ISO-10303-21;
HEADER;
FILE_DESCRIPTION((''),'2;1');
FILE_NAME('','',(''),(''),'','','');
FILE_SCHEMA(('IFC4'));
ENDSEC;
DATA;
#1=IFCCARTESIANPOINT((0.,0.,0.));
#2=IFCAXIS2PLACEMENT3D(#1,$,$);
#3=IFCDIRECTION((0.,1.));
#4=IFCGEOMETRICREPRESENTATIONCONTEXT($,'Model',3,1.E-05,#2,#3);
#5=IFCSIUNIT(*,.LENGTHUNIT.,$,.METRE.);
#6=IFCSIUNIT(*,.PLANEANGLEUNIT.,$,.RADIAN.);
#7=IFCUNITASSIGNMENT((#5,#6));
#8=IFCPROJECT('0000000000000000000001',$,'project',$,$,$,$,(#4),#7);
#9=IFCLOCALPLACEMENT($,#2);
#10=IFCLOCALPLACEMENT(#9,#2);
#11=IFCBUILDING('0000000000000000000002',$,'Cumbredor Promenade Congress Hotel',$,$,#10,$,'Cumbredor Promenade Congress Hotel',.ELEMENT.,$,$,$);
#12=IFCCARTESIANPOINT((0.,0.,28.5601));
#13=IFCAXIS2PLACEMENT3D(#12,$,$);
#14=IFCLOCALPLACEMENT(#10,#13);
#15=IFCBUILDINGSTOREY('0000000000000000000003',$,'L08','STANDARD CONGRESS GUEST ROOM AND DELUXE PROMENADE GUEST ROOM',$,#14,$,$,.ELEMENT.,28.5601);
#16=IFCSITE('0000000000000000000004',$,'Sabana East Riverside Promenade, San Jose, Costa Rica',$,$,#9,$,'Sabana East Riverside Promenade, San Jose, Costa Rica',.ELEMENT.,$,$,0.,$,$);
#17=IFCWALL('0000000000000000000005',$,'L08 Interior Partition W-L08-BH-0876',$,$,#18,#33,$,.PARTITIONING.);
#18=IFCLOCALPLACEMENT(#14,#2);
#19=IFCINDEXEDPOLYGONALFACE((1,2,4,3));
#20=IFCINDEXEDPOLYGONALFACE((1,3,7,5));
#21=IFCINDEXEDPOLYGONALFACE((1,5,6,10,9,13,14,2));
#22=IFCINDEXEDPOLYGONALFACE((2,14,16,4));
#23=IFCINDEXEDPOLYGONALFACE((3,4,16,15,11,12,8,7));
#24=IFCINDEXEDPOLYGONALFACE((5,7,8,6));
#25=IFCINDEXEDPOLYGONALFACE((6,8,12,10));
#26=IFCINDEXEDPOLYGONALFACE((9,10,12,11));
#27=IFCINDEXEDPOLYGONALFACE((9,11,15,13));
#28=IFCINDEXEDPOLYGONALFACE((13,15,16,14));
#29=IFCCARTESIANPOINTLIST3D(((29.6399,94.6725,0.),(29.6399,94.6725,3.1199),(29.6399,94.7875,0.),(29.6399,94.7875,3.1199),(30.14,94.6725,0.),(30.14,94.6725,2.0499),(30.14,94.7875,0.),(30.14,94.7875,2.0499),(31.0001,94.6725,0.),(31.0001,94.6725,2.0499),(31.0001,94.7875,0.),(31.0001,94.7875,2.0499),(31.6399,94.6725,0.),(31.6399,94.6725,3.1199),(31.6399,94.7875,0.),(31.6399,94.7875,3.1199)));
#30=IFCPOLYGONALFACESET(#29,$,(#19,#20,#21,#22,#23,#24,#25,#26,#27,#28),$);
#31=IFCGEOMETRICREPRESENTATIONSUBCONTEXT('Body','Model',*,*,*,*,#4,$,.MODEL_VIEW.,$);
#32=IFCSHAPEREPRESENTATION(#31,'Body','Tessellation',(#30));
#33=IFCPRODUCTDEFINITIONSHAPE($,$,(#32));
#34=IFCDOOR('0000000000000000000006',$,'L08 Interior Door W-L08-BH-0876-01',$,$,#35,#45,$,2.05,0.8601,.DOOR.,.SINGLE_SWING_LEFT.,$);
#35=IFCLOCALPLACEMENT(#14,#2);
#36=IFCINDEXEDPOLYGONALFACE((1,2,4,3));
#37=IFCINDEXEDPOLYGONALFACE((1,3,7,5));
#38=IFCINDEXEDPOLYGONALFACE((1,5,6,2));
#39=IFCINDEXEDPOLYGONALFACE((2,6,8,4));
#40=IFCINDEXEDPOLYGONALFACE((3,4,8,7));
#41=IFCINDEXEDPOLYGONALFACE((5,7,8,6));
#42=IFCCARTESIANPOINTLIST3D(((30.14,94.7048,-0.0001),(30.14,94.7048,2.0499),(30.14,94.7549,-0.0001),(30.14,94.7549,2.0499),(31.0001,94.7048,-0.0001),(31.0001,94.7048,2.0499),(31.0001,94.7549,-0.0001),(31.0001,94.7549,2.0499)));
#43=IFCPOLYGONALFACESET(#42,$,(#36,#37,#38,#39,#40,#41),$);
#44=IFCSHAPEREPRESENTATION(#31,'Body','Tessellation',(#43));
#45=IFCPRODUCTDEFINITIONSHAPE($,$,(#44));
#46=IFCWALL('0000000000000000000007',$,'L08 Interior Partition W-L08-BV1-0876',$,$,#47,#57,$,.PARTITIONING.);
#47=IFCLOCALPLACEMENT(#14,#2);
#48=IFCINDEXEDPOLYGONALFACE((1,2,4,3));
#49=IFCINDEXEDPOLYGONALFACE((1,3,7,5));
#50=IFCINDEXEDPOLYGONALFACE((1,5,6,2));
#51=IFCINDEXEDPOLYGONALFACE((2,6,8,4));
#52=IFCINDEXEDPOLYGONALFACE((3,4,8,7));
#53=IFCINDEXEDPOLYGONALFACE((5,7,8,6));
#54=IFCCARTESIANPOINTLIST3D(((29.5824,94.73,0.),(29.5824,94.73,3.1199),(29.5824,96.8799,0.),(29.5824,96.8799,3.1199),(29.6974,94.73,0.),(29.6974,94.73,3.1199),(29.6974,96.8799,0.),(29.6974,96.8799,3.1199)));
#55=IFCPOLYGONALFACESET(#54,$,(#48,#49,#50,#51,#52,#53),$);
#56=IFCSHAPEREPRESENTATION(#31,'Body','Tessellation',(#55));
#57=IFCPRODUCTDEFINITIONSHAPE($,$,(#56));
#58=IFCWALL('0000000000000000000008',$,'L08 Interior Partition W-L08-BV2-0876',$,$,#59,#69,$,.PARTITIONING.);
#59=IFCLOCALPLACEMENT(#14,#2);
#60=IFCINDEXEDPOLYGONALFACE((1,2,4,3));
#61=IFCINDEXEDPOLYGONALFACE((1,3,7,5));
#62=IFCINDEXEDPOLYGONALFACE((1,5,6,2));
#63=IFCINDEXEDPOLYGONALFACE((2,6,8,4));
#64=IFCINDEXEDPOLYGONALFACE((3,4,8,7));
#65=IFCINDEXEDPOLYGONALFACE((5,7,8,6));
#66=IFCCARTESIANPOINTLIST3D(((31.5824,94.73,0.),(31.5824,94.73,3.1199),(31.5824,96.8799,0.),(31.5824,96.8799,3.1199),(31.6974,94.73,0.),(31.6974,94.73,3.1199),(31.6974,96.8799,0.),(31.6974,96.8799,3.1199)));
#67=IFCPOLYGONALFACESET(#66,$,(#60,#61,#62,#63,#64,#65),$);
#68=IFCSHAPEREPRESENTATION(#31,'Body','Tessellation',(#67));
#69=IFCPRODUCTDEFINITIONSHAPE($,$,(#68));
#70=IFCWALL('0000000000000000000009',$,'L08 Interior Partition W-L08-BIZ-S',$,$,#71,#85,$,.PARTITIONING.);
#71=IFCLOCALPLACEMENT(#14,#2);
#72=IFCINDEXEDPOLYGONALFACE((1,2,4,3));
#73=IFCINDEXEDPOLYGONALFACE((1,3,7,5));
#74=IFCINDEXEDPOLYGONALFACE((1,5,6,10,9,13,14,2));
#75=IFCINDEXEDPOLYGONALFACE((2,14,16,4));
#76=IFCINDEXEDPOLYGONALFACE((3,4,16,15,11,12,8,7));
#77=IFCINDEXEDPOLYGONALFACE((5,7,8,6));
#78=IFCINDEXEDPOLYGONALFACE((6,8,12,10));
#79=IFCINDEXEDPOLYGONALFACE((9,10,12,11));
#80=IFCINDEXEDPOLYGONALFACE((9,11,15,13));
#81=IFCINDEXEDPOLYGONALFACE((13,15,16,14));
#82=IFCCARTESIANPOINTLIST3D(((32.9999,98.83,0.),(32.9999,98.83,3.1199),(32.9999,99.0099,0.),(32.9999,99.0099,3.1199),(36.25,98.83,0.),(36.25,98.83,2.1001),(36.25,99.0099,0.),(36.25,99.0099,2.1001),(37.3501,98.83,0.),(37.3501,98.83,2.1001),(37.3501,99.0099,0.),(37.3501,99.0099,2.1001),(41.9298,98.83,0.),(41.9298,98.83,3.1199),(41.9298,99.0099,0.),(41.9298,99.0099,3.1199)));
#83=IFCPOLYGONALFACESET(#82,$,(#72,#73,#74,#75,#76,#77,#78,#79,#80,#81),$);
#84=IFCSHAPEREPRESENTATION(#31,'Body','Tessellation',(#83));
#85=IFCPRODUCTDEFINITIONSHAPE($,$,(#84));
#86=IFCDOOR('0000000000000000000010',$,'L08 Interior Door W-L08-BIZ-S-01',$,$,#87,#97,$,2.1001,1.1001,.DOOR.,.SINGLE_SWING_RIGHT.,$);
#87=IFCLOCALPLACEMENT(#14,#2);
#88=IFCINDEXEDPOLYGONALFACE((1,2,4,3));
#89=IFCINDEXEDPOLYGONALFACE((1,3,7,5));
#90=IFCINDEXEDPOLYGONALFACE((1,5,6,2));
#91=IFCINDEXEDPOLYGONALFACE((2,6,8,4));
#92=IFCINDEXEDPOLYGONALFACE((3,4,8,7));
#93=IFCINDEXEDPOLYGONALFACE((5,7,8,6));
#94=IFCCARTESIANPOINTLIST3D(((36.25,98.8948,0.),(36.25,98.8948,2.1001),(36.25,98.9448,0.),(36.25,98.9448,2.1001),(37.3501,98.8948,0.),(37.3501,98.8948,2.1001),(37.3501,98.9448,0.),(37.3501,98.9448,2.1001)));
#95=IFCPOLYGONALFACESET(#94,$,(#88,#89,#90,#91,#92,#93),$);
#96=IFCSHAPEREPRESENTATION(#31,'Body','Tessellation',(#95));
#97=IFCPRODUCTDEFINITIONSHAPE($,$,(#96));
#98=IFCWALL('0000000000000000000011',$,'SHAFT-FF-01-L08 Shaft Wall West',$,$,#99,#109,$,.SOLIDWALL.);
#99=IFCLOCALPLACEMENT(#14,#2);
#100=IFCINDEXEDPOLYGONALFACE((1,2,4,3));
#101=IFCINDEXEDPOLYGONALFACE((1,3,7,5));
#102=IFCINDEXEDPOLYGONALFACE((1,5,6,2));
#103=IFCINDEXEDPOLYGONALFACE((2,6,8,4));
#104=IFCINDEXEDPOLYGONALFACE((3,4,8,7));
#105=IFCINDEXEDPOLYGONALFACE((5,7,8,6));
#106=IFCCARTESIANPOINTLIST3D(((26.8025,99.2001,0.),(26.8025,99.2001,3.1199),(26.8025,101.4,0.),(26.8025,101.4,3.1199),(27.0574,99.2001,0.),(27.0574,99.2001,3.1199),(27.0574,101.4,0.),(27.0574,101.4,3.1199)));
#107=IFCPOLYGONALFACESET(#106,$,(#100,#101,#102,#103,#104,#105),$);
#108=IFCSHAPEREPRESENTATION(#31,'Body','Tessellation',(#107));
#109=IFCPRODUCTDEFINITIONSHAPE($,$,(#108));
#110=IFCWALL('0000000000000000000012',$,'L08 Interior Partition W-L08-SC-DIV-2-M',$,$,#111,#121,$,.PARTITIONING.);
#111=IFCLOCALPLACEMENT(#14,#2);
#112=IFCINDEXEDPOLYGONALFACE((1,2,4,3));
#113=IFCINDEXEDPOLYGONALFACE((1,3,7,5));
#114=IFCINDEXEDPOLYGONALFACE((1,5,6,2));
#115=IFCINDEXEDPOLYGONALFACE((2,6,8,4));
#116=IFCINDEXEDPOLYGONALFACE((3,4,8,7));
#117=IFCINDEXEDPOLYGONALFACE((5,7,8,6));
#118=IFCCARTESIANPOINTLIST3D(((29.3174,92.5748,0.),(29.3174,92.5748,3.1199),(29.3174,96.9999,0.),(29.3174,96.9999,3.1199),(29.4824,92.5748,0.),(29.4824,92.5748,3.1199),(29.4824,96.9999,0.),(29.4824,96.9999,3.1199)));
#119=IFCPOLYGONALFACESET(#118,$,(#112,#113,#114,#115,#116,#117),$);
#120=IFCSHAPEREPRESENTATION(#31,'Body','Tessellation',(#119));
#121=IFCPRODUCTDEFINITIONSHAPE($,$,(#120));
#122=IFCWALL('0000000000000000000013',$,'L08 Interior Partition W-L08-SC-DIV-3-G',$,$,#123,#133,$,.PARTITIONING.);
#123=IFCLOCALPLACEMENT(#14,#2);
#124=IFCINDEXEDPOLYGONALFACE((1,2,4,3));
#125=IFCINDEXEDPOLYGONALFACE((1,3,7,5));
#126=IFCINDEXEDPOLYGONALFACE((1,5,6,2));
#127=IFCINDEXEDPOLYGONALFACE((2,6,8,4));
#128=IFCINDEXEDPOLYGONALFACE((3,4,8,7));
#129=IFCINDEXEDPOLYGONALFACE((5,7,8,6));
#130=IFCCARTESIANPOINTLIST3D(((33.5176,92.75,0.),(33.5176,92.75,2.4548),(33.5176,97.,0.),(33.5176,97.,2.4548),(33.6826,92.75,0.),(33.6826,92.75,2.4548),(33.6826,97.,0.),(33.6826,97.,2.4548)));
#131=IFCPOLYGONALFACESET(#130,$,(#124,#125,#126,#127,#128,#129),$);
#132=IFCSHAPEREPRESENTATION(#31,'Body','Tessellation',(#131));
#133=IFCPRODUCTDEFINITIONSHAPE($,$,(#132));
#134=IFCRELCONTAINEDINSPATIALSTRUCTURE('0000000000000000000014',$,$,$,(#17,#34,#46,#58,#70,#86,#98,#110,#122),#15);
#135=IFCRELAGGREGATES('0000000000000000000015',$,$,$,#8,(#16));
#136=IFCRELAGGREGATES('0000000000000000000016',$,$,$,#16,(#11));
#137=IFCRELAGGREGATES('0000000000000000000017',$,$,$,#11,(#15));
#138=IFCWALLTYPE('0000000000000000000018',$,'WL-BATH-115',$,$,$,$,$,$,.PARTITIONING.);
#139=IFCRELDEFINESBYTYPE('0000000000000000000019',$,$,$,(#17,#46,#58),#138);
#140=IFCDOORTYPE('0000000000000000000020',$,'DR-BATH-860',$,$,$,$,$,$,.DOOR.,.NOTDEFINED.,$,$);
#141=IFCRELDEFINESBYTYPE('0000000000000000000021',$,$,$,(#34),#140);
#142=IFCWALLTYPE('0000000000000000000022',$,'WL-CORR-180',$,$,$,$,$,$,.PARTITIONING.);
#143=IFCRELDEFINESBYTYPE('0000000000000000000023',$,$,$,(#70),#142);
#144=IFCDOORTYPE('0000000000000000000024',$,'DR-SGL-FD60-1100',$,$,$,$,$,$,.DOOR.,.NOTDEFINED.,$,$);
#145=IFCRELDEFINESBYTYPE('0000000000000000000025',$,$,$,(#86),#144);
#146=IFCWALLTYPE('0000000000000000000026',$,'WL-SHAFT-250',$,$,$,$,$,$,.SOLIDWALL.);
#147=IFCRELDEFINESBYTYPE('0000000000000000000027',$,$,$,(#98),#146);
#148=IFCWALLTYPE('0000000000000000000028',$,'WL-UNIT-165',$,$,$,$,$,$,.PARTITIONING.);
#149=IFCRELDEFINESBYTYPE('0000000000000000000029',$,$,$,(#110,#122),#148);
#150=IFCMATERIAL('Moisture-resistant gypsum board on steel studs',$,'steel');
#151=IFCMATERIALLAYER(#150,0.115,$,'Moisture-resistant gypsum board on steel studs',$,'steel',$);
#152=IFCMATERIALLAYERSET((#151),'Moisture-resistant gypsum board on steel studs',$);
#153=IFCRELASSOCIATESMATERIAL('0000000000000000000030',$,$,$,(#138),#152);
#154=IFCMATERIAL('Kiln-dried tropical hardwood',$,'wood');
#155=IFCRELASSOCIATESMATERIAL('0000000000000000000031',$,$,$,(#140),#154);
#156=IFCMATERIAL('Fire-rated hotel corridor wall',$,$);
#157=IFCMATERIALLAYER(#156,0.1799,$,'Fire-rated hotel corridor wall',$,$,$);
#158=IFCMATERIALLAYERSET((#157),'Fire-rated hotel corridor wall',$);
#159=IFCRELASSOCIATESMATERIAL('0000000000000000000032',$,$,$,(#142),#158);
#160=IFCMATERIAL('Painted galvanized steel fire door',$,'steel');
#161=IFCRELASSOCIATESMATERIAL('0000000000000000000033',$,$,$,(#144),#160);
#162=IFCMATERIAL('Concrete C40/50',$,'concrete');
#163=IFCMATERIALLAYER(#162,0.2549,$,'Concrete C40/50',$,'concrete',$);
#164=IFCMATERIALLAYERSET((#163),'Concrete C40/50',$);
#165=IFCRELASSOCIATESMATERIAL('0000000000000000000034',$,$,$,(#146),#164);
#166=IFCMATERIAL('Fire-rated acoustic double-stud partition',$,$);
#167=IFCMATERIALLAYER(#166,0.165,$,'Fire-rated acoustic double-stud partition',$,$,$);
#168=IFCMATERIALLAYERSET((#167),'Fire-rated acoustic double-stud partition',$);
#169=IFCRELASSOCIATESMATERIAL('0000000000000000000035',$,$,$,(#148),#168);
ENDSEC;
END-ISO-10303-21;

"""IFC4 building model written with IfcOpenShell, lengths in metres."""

from ifc_helpers import new_model, si_unit, direction, frame, frame_2d, origin, place, context, subcontext, project, spatial, rectangle, extrude, material, layer, layer_set, type_object, element, fill, save


model = new_model("IFC4")

# Units and contexts
model_context = context("Model", 3, precision=1e-05, world=origin(), true_north=direction((0.0, 1.0)))
body_context = subcontext(model_context, "Body", "Model", "MODEL_VIEW")
ifc_project = project(units=[si_unit("LENGTHUNIT", "METRE"), si_unit("PLANEANGLEUNIT", "RADIAN")], contexts=[model_context])

# Site, building, storey
site_placement = place(None, origin())
site = spatial("IfcSite", under=ifc_project, at=site_placement, Name="Sabana East Riverside Promenade, San Jose, Costa Rica", LongName="Sabana East Riverside Promenade, San Jose, Costa Rica", CompositionType="ELEMENT", RefElevation=0.0)
building_placement = place(site_placement, origin())
building = spatial("IfcBuilding", under=site, at=building_placement, Name="Cumbredor Promenade Congress Hotel", LongName="Cumbredor Promenade Congress Hotel", CompositionType="ELEMENT")
storey_placement = place(building_placement, frame((0.0, 0.0, 28.5601)))
storey = spatial("IfcBuildingStorey", under=building, at=storey_placement, Name="L08", Description="STANDARD CONGRESS GUEST ROOM AND DELUXE PROMENADE GUEST ROOM", CompositionType="ELEMENT", Elevation=28.5601)

# Shared definitions
ifc_material_1 = material(Name="Concrete C40/50", Category="concrete")

# Shared definitions
ifc_material_2 = material(Name="Kiln-dried tropical hardwood", Category="wood")

# Shared definitions
ifc_material_3 = material(Name="Moisture-resistant gypsum board on steel studs", Category="steel")
ifc_layer_1 = layer(ifc_material_3, 0.115, Name="Moisture-resistant gypsum board on steel studs", Category="steel")
ifc_layer_set_1 = layer_set([ifc_layer_1], Name="Moisture-resistant gypsum board on steel studs")
wall_type_1 = type_object("IfcWallType", Name="WL-BATH-115", PredefinedType="PARTITIONING", material=ifc_layer_set_1)
door_type_1 = type_object("IfcDoorType", Name="DR-BATH-860", OperationType="NOTDEFINED", PredefinedType="DOOR", material=ifc_material_2)

# Wall, opening, door
wall_1_placement = place(storey_placement, frame((29.6399, 94.73, 0.0), z_axis=(0.0, 0.0, 1.0), x_axis=(1.0, 0.0, 0.0)))
wall_1 = element("IfcWall", 1, at=wall_1_placement, inside=storey, type_object=wall_type_1, Name="L08 Interior Partition W-L08-BH-0876", PredefinedType="PARTITIONING", context=body_context, shape_type="SweptSolid", body=[
    extrude(rectangle(XDim=2.0, YDim=0.115, at=frame_2d((1.0, 0.0))), origin(), (0.0, 0.0, 1.0), 3.1199),
])
opening_1_placement = place(wall_1_placement, frame((0.5, 0.0, 0.0)))
opening_1 = element("IfcOpeningElement", 2, at=opening_1_placement, cuts=wall_1, PredefinedType="OPENING", context=body_context, shape_type="SweptSolid", body=[
    extrude(rectangle(XDim=0.8601, YDim=2.05, at=frame_2d((0.4302, 1.0249))), frame((0.0, 0.0674, 0.0), z_axis=(0.0, -1.0, 0.0), x_axis=(1.0, 0.0, 0.0)), (0.0, 0.0, 1.0), 0.135),
])
door_1_placement = place(opening_1_placement, origin())
door_1 = element("IfcDoor", 3, at=door_1_placement, inside=storey, type_object=door_type_1, Name="L08 Interior Door W-L08-BH-0876-01", OperationType="SINGLE_SWING_LEFT", OverallHeight=2.05, OverallWidth=0.8601, PredefinedType="DOOR", context=body_context, shape_type="SweptSolid", body=[
    extrude(rectangle(XDim=0.8601, YDim=2.05, at=frame_2d((0.4302, 1.0249))), frame((0.0, 0.0249, 0.0), z_axis=(0.0, -1.0, 0.0), x_axis=(1.0, 0.0, 0.0)), (0.0, 0.0, 1.0), 0.05),
])
fill(opening_1, door_1)

# Walls
for number, where, z_axis, x_axis, name in (
    (4, (29.6399, 94.73, 0.0), (0.0, 0.0, 1.0), (0.0, 1.0, 0.0), "L08 Interior Partition W-L08-BV1-0876"),
    (5, (31.6399, 94.73, 0.0), (0.0, 0.0, 1.0), (0.0, 1.0, 0.0), "L08 Interior Partition W-L08-BV2-0876"),
):
    element("IfcWall", number, at=place(storey_placement, frame(where, z_axis=z_axis, x_axis=x_axis)), inside=storey, type_object=wall_type_1, Name=name, PredefinedType="PARTITIONING", context=body_context, shape_type="SweptSolid", body=[
        extrude(rectangle(XDim=2.1499, YDim=0.115, at=frame_2d((1.075, 0.0))), origin(), (0.0, 0.0, 1.0), 3.1199),
    ])

# Wall, opening, door
ifc_material_4 = material(Name="Fire-rated hotel corridor wall")
ifc_layer_2 = layer(ifc_material_4, 0.1799, Name="Fire-rated hotel corridor wall")
ifc_layer_set_2 = layer_set([ifc_layer_2], Name="Fire-rated hotel corridor wall")
wall_type_2 = type_object("IfcWallType", Name="WL-CORR-180", PredefinedType="PARTITIONING", material=ifc_layer_set_2)
wall_2_placement = place(storey_placement, frame((33.0, 98.9199, 0.0), z_axis=(0.0, 0.0, 1.0), x_axis=(1.0, 0.0, 0.0)))
wall_2 = element("IfcWall", 6, at=wall_2_placement, inside=storey, type_object=wall_type_2, Name="L08 Interior Partition W-L08-BIZ-S", PredefinedType="PARTITIONING", context=body_context, shape_type="SweptSolid", body=[
    extrude(rectangle(XDim=8.9299, YDim=0.1799, at=frame_2d((4.4648, 0.0))), origin(), (0.0, 0.0, 1.0), 3.1199),
])
opening_2_placement = place(wall_2_placement, frame((3.25, 0.0, 0.0)))
opening_2 = element("IfcOpeningElement", 7, at=opening_2_placement, cuts=wall_2, PredefinedType="OPENING", context=body_context, shape_type="SweptSolid", body=[
    extrude(rectangle(XDim=1.1001, YDim=2.1001, at=frame_2d((0.55, 1.05))), frame((0.0, 0.1001, 0.0), z_axis=(0.0, -1.0, 0.0), x_axis=(1.0, 0.0, 0.0)), (0.0, 0.0, 1.0), 0.2),
])
ifc_material_5 = material(Name="Painted galvanized steel fire door", Category="steel")
door_type_2 = type_object("IfcDoorType", Name="DR-SGL-FD60-1100", OperationType="NOTDEFINED", PredefinedType="DOOR", material=ifc_material_5)
door_2_placement = place(opening_2_placement, origin())
door_2 = element("IfcDoor", 8, at=door_2_placement, inside=storey, type_object=door_type_2, Name="L08 Interior Door W-L08-BIZ-S-01", OperationType="SINGLE_SWING_RIGHT", OverallHeight=2.1001, OverallWidth=1.1001, PredefinedType="DOOR", context=body_context, shape_type="SweptSolid", body=[
    extrude(rectangle(XDim=1.1001, YDim=2.1001, at=frame_2d((0.55, 1.05))), frame((0.0, 0.0249, 0.0), z_axis=(0.0, -1.0, 0.0), x_axis=(1.0, 0.0, 0.0)), (0.0, 0.0, 1.0), 0.05),
])
fill(opening_2, door_2)

# Walls
ifc_layer_3 = layer(ifc_material_1, 0.2549, Name="Concrete C40/50", Category="concrete")
ifc_layer_set_3 = layer_set([ifc_layer_3], Name="Concrete C40/50")
wall_type_3 = type_object("IfcWallType", Name="WL-SHAFT-250", PredefinedType="SOLIDWALL", material=ifc_layer_set_3)
wall_3_placement = place(storey_placement, frame((26.9299, 99.2, 0.0), z_axis=(0.0, 0.0, 1.0), x_axis=(0.0, 1.0, 0.0)))
element("IfcWall", 9, at=wall_3_placement, inside=storey, type_object=wall_type_3, Name="SHAFT-FF-01-L08 Shaft Wall West", PredefinedType="SOLIDWALL", context=body_context, shape_type="SweptSolid", body=[
    extrude(rectangle(XDim=2.2, YDim=0.2549, at=frame_2d((1.1001, 0.0))), origin(), (0.0, 0.0, 1.0), 3.1199),
])
ifc_material_6 = material(Name="Fire-rated acoustic double-stud partition")
ifc_layer_4 = layer(ifc_material_6, 0.165, Name="Fire-rated acoustic double-stud partition")
ifc_layer_set_4 = layer_set([ifc_layer_4], Name="Fire-rated acoustic double-stud partition")
wall_type_4 = type_object("IfcWallType", Name="WL-UNIT-165", PredefinedType="PARTITIONING", material=ifc_layer_set_4)
wall_4_placement = place(storey_placement, frame((29.3999, 92.575, 0.0), z_axis=(0.0, 0.0, 1.0), x_axis=(0.0, 1.0, 0.0)))
element("IfcWall", 10, at=wall_4_placement, inside=storey, type_object=wall_type_4, Name="L08 Interior Partition W-L08-SC-DIV-2-M", PredefinedType="PARTITIONING", context=body_context, shape_type="SweptSolid", body=[
    extrude(rectangle(XDim=4.425, YDim=0.165, at=frame_2d((2.2124, 0.0))), origin(), (0.0, 0.0, 1.0), 3.1199),
])
wall_5_placement = place(storey_placement, frame((33.6001, 92.75, 0.0), z_axis=(0.0, 0.0, 1.0), x_axis=(0.0, 1.0, 0.0)))
element("IfcWall", 11, at=wall_5_placement, inside=storey, type_object=wall_type_4, Name="L08 Interior Partition W-L08-SC-DIV-3-G", PredefinedType="PARTITIONING", context=body_context, shape_type="SweptSolid", body=[
    extrude(rectangle(XDim=4.25, YDim=0.165, at=frame_2d((2.125, 0.0))), origin(), (0.0, 0.0, 1.0), 2.4548),
])

save(model, "model.ifc")
